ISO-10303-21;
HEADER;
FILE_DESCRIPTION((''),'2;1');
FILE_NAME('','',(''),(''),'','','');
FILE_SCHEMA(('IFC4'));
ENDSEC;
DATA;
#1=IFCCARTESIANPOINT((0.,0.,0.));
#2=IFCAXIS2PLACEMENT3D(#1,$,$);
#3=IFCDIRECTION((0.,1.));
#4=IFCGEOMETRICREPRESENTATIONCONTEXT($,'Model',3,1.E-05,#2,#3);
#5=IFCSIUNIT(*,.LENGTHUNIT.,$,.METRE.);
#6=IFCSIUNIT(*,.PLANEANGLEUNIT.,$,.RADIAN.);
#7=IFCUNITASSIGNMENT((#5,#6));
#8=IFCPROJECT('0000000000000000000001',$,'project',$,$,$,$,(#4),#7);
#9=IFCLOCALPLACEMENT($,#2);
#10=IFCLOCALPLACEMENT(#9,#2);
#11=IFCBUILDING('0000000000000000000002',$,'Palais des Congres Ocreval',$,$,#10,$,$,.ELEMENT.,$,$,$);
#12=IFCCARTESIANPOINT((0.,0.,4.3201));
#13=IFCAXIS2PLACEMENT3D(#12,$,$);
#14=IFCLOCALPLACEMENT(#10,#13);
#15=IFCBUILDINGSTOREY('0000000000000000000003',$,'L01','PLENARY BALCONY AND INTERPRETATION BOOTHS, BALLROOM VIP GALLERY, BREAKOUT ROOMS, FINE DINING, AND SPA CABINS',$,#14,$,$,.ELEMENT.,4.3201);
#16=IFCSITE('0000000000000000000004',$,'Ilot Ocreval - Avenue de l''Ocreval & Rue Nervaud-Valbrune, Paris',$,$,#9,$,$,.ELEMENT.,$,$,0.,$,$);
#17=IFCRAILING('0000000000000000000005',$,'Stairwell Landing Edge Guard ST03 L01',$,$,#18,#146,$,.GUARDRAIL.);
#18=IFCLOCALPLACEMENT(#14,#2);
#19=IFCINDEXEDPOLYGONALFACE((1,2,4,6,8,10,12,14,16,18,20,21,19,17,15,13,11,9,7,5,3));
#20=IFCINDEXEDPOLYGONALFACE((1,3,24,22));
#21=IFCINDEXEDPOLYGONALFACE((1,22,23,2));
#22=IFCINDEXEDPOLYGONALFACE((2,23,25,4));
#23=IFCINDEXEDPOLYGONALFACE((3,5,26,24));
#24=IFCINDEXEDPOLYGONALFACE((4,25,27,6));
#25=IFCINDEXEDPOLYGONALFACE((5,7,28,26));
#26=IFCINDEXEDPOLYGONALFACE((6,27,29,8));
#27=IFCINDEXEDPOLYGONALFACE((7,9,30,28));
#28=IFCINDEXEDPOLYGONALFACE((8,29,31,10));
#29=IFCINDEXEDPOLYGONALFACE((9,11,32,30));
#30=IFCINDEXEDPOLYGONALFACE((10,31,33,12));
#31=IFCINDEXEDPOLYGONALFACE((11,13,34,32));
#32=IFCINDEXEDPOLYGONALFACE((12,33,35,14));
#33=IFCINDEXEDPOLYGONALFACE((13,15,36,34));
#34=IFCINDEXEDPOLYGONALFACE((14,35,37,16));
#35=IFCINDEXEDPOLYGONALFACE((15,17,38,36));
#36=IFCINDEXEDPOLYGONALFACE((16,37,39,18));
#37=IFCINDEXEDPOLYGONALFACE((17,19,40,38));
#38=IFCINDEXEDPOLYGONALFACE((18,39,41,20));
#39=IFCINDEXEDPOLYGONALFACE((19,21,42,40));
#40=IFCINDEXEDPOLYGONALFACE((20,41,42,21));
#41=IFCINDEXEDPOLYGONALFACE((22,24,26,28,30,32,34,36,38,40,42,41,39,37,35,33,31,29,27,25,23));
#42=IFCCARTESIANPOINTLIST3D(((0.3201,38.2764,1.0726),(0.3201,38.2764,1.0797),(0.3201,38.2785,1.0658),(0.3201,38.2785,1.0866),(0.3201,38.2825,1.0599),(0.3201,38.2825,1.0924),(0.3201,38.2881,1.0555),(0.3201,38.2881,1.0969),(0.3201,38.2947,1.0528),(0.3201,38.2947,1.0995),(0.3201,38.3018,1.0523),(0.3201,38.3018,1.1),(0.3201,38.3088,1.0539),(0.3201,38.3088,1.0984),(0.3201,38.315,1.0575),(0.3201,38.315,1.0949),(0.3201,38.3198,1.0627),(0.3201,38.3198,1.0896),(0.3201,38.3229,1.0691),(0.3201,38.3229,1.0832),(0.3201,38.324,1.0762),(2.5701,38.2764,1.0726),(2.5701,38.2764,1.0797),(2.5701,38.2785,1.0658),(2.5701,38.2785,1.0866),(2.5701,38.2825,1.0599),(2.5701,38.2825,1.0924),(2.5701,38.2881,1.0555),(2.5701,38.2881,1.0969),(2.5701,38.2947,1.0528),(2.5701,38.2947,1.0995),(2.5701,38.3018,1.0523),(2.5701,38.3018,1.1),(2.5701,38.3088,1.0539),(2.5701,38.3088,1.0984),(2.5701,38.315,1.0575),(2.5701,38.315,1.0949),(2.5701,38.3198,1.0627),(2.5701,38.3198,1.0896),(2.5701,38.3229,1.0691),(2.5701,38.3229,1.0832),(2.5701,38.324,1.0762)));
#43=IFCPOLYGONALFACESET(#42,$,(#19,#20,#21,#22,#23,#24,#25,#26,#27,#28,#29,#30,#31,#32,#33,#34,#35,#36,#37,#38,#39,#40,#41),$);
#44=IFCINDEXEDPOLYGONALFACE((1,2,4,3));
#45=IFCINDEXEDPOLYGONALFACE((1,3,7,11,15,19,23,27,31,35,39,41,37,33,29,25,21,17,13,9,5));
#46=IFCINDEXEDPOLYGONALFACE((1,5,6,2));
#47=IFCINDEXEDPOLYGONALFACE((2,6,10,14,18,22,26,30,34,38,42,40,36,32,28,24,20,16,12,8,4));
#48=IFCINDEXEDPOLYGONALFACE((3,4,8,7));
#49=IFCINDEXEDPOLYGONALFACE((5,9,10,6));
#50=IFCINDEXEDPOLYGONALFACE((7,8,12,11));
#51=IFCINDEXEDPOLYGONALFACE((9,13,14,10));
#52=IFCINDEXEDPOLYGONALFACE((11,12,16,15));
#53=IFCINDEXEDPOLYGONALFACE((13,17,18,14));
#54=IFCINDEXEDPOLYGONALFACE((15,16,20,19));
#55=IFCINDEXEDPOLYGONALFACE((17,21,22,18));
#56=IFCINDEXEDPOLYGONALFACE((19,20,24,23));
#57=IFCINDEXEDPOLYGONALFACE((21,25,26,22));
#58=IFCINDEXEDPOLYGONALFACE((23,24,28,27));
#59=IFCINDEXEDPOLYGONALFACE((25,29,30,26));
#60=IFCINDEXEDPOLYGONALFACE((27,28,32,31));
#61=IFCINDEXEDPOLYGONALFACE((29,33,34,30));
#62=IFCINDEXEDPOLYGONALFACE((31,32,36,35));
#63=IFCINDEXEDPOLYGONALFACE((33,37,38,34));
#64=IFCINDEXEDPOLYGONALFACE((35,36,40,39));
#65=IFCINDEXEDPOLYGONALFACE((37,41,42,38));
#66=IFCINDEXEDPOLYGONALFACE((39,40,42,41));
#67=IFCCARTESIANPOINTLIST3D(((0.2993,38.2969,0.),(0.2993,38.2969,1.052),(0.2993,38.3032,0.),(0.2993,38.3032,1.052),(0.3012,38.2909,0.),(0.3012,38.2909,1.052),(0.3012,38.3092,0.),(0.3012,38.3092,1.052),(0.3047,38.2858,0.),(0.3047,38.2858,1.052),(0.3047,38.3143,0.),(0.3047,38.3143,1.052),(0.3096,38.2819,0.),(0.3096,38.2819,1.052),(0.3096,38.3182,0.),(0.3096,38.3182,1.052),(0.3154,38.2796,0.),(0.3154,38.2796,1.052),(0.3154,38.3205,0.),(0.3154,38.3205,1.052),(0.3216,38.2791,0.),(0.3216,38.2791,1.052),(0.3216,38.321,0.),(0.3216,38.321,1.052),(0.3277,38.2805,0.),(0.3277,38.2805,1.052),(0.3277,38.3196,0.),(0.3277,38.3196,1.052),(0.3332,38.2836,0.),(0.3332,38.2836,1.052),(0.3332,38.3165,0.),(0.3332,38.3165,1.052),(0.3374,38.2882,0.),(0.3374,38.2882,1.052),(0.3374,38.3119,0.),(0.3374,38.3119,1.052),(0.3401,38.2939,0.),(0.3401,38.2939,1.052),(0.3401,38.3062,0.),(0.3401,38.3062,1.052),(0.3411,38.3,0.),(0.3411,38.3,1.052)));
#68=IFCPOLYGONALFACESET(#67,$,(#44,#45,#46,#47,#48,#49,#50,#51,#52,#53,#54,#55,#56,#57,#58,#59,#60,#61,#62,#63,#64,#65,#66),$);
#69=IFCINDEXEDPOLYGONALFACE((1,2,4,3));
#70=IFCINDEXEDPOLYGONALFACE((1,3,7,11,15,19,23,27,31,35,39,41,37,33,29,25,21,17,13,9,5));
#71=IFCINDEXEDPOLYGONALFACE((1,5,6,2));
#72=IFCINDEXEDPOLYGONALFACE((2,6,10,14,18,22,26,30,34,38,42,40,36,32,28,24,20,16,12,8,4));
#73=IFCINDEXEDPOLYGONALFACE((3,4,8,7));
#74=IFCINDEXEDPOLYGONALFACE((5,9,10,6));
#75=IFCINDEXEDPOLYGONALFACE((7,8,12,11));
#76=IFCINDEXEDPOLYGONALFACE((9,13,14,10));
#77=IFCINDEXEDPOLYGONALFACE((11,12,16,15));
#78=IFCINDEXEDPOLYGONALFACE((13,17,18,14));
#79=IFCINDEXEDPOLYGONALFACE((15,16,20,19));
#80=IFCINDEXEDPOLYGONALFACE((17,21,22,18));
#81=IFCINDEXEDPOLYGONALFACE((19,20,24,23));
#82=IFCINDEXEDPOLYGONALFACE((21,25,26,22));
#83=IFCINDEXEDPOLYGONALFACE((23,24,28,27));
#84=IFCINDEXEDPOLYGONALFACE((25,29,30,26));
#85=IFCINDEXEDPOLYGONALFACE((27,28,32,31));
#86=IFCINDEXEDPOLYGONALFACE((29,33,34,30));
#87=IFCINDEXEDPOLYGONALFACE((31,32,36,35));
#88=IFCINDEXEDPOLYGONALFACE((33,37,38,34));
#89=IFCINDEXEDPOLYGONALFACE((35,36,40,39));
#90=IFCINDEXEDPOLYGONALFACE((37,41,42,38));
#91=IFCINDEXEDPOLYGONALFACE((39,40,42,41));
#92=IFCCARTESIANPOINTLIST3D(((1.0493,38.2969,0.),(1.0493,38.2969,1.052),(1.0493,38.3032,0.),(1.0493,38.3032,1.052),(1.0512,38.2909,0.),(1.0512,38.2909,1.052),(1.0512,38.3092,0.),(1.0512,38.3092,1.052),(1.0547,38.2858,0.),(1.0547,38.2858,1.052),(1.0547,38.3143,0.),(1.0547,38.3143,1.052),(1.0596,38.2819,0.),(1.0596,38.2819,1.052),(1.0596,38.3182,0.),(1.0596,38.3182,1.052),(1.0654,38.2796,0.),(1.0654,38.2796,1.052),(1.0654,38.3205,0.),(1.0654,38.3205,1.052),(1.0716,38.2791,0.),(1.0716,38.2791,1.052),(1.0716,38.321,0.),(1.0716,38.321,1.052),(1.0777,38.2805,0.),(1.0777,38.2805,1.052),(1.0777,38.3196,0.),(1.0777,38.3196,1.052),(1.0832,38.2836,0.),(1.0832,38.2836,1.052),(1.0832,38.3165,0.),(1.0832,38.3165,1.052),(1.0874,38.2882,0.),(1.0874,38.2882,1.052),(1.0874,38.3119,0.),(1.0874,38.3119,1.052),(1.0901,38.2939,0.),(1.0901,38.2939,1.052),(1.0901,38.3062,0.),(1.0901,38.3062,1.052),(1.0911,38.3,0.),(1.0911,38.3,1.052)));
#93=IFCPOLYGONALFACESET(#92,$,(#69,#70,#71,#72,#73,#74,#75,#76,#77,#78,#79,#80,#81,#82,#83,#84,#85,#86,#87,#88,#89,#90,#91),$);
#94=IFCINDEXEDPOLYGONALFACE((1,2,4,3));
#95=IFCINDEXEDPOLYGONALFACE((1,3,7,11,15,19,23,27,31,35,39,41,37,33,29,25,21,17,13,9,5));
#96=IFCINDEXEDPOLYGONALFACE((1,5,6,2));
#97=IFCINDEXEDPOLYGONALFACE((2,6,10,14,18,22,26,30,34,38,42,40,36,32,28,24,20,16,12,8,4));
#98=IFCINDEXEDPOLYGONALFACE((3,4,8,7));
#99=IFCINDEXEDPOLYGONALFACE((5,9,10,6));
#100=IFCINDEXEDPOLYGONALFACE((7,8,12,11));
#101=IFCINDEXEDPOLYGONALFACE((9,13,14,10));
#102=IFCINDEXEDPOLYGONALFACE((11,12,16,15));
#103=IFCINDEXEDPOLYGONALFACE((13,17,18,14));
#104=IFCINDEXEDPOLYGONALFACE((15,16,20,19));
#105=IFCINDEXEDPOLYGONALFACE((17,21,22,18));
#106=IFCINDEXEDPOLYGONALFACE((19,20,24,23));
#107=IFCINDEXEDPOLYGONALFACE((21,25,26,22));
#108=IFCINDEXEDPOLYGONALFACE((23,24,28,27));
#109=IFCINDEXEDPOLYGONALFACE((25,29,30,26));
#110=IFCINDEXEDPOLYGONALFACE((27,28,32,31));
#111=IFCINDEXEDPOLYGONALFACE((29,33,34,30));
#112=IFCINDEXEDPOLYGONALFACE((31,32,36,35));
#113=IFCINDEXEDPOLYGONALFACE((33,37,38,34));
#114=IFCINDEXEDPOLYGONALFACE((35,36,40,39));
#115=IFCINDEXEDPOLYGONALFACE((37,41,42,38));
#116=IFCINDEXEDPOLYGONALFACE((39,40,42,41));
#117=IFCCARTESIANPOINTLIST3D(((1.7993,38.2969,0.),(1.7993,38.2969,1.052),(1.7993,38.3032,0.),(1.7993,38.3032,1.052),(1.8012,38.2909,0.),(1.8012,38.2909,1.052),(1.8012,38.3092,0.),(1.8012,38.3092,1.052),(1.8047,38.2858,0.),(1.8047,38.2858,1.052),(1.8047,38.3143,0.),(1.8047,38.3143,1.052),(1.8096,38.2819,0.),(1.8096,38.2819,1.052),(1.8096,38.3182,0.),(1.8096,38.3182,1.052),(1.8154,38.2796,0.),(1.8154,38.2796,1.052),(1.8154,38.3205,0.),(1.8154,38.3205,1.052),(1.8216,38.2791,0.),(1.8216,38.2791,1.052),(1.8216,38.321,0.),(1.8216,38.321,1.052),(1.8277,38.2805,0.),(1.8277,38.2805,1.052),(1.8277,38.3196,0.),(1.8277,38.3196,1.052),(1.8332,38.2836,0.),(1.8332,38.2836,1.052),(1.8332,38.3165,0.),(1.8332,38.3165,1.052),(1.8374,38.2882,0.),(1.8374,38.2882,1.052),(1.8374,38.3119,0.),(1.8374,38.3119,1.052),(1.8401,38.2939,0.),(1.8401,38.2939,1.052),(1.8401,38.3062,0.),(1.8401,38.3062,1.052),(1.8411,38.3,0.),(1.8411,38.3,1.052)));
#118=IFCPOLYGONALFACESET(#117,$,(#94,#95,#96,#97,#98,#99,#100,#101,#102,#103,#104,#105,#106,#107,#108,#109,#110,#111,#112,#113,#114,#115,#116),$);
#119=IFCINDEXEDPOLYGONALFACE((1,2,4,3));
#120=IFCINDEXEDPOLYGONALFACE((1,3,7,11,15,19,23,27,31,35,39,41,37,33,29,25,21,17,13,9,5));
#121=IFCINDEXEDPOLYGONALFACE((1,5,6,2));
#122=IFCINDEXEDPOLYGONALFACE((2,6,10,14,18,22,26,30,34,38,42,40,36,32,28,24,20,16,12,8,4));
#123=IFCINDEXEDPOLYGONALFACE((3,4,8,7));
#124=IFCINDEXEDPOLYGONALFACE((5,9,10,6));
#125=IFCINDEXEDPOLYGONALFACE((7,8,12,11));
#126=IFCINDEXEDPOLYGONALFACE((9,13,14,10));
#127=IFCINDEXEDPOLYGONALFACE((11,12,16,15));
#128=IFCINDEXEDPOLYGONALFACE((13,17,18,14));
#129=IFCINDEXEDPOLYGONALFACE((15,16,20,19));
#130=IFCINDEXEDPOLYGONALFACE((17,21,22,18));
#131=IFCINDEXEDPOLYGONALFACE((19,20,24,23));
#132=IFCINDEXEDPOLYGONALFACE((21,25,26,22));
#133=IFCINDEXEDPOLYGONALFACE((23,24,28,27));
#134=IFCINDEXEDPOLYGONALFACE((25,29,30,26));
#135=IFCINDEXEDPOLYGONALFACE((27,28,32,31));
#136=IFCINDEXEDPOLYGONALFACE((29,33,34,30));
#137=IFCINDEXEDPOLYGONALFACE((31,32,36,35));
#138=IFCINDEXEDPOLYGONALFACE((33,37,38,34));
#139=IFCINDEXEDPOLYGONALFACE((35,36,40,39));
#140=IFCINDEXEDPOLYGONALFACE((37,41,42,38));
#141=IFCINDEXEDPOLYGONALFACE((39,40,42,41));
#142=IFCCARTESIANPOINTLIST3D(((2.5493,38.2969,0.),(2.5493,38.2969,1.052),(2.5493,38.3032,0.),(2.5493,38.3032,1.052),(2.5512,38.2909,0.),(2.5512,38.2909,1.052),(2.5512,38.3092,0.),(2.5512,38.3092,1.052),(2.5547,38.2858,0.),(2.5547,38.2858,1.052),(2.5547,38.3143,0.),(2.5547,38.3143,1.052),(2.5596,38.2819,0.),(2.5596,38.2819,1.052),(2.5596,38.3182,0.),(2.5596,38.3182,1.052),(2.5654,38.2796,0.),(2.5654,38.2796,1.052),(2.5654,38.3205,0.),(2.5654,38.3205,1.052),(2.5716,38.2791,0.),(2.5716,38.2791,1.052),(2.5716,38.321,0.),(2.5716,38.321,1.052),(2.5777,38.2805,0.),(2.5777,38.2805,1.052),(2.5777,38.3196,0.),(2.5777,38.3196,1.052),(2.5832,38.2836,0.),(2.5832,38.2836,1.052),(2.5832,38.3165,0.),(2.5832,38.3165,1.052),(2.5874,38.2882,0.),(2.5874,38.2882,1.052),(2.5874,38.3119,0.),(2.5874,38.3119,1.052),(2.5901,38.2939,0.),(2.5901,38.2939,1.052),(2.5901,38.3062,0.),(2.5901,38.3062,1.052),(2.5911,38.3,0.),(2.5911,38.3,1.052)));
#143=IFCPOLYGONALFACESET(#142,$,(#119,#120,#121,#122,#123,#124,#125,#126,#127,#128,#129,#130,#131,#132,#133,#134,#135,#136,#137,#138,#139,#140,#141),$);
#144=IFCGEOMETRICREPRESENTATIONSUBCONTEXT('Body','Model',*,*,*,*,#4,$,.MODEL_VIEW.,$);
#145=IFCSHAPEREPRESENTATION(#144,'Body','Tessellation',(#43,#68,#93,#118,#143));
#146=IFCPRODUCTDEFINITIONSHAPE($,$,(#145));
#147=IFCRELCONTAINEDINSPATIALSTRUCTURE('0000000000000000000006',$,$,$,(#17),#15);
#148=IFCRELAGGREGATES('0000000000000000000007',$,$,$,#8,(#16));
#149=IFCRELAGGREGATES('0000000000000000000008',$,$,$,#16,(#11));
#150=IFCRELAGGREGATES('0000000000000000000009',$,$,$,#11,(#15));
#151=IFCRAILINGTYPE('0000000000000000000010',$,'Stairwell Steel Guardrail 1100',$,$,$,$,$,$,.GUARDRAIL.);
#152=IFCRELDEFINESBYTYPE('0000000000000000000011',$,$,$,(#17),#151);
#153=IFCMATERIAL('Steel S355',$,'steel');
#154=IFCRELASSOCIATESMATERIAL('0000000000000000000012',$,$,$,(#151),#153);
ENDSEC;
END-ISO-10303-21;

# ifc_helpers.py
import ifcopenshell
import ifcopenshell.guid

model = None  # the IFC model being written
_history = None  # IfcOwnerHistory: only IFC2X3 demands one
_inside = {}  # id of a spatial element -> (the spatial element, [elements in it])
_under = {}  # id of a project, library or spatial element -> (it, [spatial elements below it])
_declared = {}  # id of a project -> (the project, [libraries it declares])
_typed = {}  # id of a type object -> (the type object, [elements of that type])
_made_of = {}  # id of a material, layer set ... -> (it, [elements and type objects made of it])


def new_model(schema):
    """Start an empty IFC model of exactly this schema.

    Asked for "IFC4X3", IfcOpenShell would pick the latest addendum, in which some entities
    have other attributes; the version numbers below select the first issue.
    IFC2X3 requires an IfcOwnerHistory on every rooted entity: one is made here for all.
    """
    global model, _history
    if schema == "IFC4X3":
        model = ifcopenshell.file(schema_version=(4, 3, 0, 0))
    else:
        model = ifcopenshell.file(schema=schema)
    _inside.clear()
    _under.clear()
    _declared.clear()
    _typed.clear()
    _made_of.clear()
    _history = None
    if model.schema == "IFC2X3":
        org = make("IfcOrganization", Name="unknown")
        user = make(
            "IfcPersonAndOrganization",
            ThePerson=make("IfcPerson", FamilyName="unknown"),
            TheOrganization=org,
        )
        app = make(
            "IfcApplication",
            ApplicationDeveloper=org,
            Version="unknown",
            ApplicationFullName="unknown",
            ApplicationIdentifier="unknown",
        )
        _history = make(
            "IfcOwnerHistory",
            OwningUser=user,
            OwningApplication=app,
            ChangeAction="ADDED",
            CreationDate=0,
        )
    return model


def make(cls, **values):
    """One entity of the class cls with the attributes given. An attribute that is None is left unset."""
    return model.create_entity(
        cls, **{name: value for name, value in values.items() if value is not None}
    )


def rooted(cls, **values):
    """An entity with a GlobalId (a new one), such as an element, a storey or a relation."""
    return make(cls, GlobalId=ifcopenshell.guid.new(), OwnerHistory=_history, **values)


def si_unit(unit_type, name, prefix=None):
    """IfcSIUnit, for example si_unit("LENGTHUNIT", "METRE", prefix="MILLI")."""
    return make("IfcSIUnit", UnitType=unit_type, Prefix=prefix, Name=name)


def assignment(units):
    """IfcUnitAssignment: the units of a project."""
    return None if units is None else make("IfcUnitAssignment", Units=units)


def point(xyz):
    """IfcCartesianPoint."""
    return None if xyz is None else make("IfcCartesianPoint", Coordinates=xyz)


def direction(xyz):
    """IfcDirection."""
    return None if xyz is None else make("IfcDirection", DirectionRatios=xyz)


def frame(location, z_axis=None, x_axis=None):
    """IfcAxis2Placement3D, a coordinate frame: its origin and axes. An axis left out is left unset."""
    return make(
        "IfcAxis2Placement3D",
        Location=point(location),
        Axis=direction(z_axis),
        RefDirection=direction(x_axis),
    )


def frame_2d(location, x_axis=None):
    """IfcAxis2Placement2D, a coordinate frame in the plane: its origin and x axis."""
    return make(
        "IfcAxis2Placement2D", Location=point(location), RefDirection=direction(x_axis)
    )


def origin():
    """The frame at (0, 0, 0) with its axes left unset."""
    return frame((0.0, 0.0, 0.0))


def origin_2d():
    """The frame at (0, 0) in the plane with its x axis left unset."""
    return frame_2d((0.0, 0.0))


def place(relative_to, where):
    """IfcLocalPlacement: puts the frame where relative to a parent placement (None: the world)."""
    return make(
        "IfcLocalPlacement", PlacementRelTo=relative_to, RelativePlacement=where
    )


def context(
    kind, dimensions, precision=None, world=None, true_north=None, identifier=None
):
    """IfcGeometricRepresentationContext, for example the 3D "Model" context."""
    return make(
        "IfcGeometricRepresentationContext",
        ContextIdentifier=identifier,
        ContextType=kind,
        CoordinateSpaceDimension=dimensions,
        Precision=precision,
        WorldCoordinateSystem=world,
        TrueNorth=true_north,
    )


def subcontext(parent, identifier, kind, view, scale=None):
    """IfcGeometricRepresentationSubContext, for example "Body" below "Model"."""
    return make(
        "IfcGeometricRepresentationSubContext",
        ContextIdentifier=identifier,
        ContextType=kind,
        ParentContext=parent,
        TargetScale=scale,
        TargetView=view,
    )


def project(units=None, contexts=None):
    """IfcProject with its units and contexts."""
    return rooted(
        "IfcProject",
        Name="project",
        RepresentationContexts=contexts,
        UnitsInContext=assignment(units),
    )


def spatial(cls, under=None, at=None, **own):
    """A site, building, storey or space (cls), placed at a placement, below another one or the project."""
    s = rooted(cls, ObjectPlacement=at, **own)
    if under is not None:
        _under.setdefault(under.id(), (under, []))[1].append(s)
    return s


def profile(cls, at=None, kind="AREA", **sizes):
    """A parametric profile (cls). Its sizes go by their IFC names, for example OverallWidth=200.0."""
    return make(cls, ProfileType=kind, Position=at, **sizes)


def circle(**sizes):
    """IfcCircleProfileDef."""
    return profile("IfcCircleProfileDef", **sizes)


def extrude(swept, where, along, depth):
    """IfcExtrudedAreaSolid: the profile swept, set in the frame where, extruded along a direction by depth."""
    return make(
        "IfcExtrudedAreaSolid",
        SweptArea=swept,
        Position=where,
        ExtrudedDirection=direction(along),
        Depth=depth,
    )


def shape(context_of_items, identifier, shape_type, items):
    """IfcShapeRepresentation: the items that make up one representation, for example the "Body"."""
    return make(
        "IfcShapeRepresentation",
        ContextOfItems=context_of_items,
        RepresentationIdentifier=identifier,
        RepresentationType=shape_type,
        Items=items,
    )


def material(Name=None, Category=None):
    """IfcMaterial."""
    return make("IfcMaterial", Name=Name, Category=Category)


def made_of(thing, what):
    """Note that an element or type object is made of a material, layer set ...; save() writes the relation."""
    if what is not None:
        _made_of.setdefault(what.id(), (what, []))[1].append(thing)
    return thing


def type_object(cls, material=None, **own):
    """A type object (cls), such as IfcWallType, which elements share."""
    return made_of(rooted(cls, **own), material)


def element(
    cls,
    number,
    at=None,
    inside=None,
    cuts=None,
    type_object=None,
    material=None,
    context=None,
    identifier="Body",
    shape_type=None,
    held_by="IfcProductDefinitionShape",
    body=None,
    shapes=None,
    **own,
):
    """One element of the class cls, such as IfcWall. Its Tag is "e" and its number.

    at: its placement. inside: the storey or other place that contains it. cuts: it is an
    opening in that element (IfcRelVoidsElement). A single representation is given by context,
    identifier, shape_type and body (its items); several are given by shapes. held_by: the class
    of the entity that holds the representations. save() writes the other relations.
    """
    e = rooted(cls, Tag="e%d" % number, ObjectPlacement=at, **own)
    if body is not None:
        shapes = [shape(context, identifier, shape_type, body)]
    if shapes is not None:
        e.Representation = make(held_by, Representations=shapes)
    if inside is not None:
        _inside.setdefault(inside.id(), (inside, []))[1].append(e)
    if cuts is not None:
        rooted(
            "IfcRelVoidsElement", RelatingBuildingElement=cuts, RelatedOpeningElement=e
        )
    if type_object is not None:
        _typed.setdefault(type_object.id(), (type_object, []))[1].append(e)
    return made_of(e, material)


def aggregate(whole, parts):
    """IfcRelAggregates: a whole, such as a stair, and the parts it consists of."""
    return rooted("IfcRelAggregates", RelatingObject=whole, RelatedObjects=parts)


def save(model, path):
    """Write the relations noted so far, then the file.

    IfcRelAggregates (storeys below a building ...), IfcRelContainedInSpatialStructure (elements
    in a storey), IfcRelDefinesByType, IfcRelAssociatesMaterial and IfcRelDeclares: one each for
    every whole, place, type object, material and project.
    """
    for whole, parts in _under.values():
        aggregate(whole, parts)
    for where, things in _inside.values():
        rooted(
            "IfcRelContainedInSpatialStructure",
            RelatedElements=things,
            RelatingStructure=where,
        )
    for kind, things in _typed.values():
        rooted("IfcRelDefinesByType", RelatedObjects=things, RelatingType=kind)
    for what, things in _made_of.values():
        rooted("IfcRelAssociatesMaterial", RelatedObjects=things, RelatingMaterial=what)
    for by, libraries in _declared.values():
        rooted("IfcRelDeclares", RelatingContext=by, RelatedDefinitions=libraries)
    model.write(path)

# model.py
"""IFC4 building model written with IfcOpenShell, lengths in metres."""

from ifc_helpers import new_model, si_unit, direction, frame, origin, origin_2d, place, context, subcontext, project, spatial, circle, extrude, material, type_object, element, save


model = new_model("IFC4")

# Units and contexts
model_context = context("Model", 3, precision=1e-05, world=origin(), true_north=direction((0.0, 1.0)))
body_context = subcontext(model_context, "Body", "Model", "MODEL_VIEW")
ifc_project = project(units=[si_unit("LENGTHUNIT", "METRE"), si_unit("PLANEANGLEUNIT", "RADIAN")], contexts=[model_context])

# Site, building, storey
site_placement = place(None, origin())
site = spatial("IfcSite", under=ifc_project, at=site_placement, Name="Ilot Ocreval - Avenue de l'Ocreval & Rue Nervaud-Valbrune, Paris", CompositionType="ELEMENT", RefElevation=0.0)
building_placement = place(site_placement, origin())
building = spatial("IfcBuilding", under=site, at=building_placement, Name="Palais des Congres Ocreval", CompositionType="ELEMENT")
storey_placement = place(building_placement, frame((0.0, 0.0, 4.3201)))
storey = spatial("IfcBuildingStorey", under=building, at=storey_placement, Name="L01", Description="PLENARY BALCONY AND INTERPRETATION BOOTHS, BALLROOM VIP GALLERY, BREAKOUT ROOMS, FINE DINING, AND SPA CABINS", CompositionType="ELEMENT", Elevation=4.3201)

# Shared definitions
ifc_material_1 = material(Name="Steel S355", Category="steel")

# Railing
railing_type_1 = type_object("IfcRailingType", Name="Stairwell Steel Guardrail 1100", PredefinedType="GUARDRAIL", material=ifc_material_1)
railing_1_placement = place(storey_placement, frame((0.3201, 38.3, 0.0)))
element("IfcRailing", 1, at=railing_1_placement, inside=storey, type_object=railing_type_1, Name="Stairwell Landing Edge Guard ST03 L01", PredefinedType="GUARDRAIL", context=body_context, shape_type="SweptSolid", body=[
    extrude(circle(Radius=0.0239, at=origin_2d()), frame((0.0, 0.0, 1.0762), z_axis=(1.0, 0.0, 0.0), x_axis=(0.0, 1.0, 0.0)), (0.0, 0.0, 1.0), 2.25),
    extrude(circle(Radius=0.021, at=origin_2d()), origin(), (0.0, 0.0, 1.0), 1.052),
    extrude(circle(Radius=0.021, at=origin_2d()), frame((0.75, 0.0, 0.0)), (0.0, 0.0, 1.0), 1.052),
    extrude(circle(Radius=0.021, at=origin_2d()), frame((1.5, 0.0, 0.0)), (0.0, 0.0, 1.0), 1.052),
    extrude(circle(Radius=0.021, at=origin_2d()), frame((2.25, 0.0, 0.0)), (0.0, 0.0, 1.0), 1.052),
])

save(model, "model.ifc")
